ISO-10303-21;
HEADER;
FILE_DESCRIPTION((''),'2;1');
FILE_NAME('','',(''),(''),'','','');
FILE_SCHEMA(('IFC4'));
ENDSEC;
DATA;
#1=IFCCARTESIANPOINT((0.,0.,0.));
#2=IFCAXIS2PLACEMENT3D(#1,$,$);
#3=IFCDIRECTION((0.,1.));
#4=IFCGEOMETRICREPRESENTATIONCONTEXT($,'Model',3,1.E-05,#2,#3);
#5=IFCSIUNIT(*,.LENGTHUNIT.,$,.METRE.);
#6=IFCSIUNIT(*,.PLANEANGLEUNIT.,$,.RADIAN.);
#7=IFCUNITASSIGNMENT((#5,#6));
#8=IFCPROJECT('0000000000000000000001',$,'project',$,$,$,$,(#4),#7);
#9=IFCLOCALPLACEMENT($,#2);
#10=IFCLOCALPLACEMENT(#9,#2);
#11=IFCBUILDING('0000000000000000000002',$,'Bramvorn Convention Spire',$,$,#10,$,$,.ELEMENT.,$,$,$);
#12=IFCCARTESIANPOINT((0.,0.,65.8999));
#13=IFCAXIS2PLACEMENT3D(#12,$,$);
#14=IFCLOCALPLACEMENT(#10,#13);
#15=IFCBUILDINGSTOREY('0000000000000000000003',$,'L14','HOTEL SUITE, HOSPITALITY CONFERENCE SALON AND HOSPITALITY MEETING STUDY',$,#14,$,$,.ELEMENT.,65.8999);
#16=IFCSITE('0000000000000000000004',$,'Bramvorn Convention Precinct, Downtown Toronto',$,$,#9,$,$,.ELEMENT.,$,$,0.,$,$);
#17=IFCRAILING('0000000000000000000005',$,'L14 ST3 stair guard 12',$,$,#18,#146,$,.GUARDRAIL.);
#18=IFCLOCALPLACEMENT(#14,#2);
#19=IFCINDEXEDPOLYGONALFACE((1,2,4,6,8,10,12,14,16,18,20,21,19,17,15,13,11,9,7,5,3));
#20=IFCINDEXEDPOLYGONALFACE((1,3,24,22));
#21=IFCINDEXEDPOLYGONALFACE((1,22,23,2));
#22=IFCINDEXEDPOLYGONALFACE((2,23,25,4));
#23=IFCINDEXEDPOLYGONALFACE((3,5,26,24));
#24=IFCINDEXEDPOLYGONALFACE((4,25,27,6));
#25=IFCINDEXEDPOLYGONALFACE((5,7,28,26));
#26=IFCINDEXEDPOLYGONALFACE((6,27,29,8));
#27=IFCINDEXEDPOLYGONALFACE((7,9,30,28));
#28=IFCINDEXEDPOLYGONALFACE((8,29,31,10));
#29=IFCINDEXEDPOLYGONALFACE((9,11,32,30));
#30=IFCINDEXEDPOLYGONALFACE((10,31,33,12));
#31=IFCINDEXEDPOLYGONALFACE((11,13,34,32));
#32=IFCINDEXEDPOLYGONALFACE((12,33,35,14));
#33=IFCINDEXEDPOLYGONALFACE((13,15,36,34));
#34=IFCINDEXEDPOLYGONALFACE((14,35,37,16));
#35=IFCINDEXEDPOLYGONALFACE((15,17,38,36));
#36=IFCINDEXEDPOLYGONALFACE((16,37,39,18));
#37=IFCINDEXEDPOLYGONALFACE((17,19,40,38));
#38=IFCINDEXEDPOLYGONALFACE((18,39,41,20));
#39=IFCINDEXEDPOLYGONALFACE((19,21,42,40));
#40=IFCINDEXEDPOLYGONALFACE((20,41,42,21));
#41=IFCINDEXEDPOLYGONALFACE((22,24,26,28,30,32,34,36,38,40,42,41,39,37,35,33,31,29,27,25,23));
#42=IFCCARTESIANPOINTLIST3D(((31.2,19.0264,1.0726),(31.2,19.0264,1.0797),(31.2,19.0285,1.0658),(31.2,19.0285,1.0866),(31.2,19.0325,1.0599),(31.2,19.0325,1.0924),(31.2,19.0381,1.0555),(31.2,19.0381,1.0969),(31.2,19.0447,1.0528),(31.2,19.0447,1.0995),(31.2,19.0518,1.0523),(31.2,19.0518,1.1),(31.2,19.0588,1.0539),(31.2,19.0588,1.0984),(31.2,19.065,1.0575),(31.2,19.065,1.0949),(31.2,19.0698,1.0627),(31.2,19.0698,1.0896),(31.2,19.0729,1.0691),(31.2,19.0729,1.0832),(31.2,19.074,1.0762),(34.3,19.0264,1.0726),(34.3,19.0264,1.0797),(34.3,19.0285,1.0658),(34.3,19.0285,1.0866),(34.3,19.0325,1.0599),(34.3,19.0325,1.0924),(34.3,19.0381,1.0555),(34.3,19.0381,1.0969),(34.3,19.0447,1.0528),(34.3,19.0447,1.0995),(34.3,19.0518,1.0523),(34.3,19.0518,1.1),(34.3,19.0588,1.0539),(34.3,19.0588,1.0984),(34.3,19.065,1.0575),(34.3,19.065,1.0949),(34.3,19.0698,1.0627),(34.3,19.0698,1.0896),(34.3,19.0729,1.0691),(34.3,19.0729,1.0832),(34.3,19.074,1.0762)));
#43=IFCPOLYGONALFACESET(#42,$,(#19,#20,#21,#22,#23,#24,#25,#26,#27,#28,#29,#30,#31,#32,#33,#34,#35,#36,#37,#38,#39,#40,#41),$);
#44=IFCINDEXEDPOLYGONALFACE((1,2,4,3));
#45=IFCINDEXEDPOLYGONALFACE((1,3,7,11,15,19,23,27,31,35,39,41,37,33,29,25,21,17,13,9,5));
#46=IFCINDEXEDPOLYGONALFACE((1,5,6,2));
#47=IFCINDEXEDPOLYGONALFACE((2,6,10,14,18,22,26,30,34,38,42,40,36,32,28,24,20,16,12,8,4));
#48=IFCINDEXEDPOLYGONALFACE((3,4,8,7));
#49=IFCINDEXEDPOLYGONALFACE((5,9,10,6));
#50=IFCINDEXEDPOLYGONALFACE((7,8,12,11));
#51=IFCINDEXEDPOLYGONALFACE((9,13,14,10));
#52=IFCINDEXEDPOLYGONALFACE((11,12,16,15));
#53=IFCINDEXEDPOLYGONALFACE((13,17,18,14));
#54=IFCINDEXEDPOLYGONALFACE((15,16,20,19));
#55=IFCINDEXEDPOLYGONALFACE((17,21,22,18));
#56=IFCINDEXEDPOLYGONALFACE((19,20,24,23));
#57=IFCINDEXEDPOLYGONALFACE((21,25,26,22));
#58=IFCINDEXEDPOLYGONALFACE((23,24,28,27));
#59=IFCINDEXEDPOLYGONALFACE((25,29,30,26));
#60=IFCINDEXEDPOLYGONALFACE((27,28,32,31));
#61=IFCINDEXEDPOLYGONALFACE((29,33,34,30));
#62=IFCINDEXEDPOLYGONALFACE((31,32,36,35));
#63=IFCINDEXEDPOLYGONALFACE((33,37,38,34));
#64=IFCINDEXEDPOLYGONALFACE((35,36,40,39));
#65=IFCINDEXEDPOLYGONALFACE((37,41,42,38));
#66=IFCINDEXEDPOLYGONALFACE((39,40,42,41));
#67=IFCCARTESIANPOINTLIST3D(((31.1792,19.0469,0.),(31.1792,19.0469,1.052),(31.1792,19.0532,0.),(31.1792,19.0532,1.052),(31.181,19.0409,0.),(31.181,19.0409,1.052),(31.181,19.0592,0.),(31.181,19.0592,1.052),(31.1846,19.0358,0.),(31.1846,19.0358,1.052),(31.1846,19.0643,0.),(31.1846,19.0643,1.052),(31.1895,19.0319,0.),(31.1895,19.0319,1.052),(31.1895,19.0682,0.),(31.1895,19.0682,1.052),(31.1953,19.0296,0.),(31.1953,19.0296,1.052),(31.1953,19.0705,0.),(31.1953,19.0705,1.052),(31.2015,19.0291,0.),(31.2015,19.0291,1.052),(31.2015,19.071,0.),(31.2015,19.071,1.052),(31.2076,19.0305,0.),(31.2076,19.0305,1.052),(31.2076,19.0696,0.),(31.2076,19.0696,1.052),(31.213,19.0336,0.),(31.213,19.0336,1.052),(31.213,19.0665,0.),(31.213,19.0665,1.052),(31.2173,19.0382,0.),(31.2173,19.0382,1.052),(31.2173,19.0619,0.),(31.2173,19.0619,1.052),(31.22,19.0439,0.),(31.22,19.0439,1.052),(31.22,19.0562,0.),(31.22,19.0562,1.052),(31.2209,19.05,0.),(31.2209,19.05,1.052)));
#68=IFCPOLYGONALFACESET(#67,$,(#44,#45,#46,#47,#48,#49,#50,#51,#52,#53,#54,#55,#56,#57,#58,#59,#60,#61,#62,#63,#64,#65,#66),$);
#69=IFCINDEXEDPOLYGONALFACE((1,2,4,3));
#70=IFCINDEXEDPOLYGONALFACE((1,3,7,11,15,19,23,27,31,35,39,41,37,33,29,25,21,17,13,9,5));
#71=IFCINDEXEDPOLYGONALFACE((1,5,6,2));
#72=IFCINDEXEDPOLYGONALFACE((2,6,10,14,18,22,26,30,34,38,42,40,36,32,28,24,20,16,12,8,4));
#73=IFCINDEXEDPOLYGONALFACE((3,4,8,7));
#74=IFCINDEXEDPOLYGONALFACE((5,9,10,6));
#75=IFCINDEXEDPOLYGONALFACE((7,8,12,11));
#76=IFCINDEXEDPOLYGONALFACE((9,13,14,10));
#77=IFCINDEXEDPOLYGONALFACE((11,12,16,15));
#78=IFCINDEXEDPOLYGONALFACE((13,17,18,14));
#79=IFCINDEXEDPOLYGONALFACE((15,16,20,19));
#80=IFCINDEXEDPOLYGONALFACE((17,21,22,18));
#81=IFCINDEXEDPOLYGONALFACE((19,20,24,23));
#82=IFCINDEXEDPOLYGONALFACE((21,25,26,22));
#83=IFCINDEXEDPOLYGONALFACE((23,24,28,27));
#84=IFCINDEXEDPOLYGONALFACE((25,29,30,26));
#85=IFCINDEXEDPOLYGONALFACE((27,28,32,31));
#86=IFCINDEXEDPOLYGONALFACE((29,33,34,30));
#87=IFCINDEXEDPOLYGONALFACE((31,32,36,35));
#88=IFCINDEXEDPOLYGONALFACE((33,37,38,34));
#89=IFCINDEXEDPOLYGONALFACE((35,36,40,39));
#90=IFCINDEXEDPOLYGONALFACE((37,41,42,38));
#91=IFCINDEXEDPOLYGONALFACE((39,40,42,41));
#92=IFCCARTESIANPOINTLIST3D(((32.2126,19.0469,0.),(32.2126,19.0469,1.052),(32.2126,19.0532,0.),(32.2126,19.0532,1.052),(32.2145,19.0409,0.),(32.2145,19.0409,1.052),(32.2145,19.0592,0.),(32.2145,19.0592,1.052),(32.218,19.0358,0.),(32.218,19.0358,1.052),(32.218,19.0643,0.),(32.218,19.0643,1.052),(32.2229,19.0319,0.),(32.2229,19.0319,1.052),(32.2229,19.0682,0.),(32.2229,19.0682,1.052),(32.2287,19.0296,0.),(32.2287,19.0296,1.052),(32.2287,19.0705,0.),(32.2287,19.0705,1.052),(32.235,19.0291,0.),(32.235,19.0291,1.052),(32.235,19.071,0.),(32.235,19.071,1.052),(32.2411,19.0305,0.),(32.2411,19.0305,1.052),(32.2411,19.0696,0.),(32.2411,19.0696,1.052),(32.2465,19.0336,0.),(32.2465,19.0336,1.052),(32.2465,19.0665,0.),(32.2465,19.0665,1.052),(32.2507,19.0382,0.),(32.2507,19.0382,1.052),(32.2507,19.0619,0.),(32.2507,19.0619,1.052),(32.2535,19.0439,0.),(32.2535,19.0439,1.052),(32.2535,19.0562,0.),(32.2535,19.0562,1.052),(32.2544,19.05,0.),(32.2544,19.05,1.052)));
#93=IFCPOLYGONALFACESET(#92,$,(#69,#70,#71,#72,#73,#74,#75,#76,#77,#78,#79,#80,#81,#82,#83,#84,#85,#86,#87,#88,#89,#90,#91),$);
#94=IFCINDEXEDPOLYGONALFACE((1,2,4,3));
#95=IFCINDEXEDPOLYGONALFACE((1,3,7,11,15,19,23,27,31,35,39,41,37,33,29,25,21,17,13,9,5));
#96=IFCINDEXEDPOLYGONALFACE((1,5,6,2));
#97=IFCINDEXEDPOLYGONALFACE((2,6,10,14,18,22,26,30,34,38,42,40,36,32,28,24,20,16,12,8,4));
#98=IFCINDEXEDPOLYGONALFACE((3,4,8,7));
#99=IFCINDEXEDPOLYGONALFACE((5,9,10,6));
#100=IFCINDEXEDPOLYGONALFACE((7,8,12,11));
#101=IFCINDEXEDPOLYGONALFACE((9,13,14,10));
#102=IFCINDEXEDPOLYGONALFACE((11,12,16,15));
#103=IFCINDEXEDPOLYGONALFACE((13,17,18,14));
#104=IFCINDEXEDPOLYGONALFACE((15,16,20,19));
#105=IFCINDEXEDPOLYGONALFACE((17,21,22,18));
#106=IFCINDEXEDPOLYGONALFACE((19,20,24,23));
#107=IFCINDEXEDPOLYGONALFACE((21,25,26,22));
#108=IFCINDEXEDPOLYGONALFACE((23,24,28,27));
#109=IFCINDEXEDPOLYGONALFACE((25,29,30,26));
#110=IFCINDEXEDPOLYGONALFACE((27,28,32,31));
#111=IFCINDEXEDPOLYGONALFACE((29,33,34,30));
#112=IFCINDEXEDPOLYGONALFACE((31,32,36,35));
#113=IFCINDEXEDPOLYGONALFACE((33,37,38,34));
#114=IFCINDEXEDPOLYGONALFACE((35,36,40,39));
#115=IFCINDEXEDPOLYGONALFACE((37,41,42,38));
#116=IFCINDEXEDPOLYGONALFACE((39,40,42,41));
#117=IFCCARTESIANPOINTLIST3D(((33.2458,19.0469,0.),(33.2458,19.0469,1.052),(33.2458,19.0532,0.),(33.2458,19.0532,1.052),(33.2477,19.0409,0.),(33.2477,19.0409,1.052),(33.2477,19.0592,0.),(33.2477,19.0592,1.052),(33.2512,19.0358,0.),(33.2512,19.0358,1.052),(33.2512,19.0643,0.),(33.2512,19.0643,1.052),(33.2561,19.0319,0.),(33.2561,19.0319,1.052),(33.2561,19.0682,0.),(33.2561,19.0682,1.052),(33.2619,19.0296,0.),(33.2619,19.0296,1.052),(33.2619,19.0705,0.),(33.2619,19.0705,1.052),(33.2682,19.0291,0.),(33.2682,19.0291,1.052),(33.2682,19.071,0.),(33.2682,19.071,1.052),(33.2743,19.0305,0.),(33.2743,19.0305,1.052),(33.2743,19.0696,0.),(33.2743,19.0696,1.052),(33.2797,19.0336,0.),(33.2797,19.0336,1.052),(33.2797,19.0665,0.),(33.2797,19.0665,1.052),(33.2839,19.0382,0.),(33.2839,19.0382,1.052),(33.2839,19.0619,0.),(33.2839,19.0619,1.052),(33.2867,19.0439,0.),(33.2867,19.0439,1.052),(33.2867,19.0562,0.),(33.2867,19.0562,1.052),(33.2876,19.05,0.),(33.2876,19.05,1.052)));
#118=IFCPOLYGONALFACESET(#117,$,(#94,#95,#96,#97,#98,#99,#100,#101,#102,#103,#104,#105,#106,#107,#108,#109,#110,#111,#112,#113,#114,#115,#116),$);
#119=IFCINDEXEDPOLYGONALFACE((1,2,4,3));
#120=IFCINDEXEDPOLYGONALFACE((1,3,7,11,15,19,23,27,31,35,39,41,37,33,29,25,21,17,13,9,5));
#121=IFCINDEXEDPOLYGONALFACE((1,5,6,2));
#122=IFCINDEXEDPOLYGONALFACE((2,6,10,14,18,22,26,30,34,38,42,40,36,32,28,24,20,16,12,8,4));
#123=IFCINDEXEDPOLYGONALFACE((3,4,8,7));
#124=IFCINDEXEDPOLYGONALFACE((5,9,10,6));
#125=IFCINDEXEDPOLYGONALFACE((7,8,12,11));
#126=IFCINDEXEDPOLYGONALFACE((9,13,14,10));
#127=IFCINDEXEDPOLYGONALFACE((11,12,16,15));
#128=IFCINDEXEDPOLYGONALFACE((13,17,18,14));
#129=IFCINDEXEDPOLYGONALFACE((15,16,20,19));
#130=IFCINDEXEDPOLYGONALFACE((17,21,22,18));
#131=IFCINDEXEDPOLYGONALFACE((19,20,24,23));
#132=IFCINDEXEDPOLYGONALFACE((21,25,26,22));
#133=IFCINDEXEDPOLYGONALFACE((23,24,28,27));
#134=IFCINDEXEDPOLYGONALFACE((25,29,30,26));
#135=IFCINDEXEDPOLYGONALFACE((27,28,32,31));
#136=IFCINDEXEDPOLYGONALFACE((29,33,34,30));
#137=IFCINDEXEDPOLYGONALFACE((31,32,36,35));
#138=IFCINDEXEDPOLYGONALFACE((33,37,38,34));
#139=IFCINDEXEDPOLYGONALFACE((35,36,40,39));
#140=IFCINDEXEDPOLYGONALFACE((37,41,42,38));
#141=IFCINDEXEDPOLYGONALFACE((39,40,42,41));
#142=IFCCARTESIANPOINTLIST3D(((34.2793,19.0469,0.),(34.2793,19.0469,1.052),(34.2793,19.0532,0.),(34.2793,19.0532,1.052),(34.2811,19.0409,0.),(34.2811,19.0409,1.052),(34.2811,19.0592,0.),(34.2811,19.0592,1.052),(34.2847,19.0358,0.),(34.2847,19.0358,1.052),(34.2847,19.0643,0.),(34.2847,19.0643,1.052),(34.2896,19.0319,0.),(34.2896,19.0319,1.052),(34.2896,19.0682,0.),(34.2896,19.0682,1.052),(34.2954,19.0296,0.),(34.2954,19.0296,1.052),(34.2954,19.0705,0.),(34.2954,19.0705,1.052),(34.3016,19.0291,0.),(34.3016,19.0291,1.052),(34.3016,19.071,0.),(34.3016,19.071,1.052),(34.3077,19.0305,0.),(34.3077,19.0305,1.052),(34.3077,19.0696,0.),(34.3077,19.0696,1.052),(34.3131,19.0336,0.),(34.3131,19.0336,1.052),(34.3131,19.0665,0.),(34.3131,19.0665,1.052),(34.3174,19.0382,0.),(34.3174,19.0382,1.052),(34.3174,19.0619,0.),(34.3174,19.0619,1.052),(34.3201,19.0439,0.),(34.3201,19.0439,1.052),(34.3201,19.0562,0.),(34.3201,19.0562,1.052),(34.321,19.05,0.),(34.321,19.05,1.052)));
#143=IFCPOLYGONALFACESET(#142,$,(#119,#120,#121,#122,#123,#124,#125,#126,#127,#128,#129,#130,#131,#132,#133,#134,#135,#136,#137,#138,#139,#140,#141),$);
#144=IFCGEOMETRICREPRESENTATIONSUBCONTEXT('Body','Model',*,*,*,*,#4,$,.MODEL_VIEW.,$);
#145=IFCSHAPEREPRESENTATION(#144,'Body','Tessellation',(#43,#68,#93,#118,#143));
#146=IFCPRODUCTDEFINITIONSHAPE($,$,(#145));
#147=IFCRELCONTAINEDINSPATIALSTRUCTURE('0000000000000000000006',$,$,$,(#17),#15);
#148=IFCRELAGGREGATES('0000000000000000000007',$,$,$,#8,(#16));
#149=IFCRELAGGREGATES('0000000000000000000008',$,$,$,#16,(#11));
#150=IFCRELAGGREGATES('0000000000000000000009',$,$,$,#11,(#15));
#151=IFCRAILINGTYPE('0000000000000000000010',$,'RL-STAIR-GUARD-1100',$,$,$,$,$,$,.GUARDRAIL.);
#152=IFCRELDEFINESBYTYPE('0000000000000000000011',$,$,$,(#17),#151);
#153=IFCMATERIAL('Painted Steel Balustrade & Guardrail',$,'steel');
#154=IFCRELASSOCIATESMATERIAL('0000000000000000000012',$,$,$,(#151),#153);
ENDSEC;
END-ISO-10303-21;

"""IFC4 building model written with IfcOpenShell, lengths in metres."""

from ifc_helpers import new_model, si_unit, direction, frame, origin, origin_2d, place, context, subcontext, project, spatial, circle, extrude, material, type_object, element, save


model = new_model("IFC4")

# Units and contexts
model_context = context("Model", 3, precision=1e-05, world=origin(), true_north=direction((0.0, 1.0)))
body_context = subcontext(model_context, "Body", "Model", "MODEL_VIEW")
ifc_project = project(units=[si_unit("LENGTHUNIT", "METRE"), si_unit("PLANEANGLEUNIT", "RADIAN")], contexts=[model_context])

# Site, building, storey
site_placement = place(None, origin())
site = spatial("IfcSite", under=ifc_project, at=site_placement, Name="Bramvorn Convention Precinct, Downtown Toronto", CompositionType="ELEMENT", RefElevation=0.0)
building_placement = place(site_placement, origin())
building = spatial("IfcBuilding", under=site, at=building_placement, Name="Bramvorn Convention Spire", CompositionType="ELEMENT")
storey_placement = place(building_placement, frame((0.0, 0.0, 65.8999)))
storey = spatial("IfcBuildingStorey", under=building, at=storey_placement, Name="L14", Description="HOTEL SUITE, HOSPITALITY CONFERENCE SALON AND HOSPITALITY MEETING STUDY", CompositionType="ELEMENT", Elevation=65.8999)

# Railing
ifc_material_1 = material(Name="Painted Steel Balustrade & Guardrail", Category="steel")
railing_type_1 = type_object("IfcRailingType", Name="RL-STAIR-GUARD-1100", PredefinedType="GUARDRAIL", material=ifc_material_1)
railing_1_placement = place(storey_placement, frame((31.2, 19.05, 0.0)))
element("IfcRailing", 1, at=railing_1_placement, inside=storey, type_object=railing_type_1, Name="L14 ST3 stair guard 12", PredefinedType="GUARDRAIL", context=body_context, shape_type="SweptSolid", body=[
    extrude(circle(Radius=0.0239, at=origin_2d()), frame((0.0, 0.0, 1.0762), z_axis=(1.0, 0.0, 0.0), x_axis=(0.0, 1.0, 0.0)), (0.0, 0.0, 1.0), 3.1001),
    extrude(circle(Radius=0.021, at=origin_2d()), origin(), (0.0, 0.0, 1.0), 1.052),
    extrude(circle(Radius=0.021, at=origin_2d()), frame((1.0334, 0.0, 0.0)), (0.0, 0.0, 1.0), 1.052),
    extrude(circle(Radius=0.021, at=origin_2d()), frame((2.0667, 0.0, 0.0)), (0.0, 0.0, 1.0), 1.052),
    extrude(circle(Radius=0.021, at=origin_2d()), frame((3.1001, 0.0, 0.0)), (0.0, 0.0, 1.0), 1.052),
])

save(model, "model.ifc")
